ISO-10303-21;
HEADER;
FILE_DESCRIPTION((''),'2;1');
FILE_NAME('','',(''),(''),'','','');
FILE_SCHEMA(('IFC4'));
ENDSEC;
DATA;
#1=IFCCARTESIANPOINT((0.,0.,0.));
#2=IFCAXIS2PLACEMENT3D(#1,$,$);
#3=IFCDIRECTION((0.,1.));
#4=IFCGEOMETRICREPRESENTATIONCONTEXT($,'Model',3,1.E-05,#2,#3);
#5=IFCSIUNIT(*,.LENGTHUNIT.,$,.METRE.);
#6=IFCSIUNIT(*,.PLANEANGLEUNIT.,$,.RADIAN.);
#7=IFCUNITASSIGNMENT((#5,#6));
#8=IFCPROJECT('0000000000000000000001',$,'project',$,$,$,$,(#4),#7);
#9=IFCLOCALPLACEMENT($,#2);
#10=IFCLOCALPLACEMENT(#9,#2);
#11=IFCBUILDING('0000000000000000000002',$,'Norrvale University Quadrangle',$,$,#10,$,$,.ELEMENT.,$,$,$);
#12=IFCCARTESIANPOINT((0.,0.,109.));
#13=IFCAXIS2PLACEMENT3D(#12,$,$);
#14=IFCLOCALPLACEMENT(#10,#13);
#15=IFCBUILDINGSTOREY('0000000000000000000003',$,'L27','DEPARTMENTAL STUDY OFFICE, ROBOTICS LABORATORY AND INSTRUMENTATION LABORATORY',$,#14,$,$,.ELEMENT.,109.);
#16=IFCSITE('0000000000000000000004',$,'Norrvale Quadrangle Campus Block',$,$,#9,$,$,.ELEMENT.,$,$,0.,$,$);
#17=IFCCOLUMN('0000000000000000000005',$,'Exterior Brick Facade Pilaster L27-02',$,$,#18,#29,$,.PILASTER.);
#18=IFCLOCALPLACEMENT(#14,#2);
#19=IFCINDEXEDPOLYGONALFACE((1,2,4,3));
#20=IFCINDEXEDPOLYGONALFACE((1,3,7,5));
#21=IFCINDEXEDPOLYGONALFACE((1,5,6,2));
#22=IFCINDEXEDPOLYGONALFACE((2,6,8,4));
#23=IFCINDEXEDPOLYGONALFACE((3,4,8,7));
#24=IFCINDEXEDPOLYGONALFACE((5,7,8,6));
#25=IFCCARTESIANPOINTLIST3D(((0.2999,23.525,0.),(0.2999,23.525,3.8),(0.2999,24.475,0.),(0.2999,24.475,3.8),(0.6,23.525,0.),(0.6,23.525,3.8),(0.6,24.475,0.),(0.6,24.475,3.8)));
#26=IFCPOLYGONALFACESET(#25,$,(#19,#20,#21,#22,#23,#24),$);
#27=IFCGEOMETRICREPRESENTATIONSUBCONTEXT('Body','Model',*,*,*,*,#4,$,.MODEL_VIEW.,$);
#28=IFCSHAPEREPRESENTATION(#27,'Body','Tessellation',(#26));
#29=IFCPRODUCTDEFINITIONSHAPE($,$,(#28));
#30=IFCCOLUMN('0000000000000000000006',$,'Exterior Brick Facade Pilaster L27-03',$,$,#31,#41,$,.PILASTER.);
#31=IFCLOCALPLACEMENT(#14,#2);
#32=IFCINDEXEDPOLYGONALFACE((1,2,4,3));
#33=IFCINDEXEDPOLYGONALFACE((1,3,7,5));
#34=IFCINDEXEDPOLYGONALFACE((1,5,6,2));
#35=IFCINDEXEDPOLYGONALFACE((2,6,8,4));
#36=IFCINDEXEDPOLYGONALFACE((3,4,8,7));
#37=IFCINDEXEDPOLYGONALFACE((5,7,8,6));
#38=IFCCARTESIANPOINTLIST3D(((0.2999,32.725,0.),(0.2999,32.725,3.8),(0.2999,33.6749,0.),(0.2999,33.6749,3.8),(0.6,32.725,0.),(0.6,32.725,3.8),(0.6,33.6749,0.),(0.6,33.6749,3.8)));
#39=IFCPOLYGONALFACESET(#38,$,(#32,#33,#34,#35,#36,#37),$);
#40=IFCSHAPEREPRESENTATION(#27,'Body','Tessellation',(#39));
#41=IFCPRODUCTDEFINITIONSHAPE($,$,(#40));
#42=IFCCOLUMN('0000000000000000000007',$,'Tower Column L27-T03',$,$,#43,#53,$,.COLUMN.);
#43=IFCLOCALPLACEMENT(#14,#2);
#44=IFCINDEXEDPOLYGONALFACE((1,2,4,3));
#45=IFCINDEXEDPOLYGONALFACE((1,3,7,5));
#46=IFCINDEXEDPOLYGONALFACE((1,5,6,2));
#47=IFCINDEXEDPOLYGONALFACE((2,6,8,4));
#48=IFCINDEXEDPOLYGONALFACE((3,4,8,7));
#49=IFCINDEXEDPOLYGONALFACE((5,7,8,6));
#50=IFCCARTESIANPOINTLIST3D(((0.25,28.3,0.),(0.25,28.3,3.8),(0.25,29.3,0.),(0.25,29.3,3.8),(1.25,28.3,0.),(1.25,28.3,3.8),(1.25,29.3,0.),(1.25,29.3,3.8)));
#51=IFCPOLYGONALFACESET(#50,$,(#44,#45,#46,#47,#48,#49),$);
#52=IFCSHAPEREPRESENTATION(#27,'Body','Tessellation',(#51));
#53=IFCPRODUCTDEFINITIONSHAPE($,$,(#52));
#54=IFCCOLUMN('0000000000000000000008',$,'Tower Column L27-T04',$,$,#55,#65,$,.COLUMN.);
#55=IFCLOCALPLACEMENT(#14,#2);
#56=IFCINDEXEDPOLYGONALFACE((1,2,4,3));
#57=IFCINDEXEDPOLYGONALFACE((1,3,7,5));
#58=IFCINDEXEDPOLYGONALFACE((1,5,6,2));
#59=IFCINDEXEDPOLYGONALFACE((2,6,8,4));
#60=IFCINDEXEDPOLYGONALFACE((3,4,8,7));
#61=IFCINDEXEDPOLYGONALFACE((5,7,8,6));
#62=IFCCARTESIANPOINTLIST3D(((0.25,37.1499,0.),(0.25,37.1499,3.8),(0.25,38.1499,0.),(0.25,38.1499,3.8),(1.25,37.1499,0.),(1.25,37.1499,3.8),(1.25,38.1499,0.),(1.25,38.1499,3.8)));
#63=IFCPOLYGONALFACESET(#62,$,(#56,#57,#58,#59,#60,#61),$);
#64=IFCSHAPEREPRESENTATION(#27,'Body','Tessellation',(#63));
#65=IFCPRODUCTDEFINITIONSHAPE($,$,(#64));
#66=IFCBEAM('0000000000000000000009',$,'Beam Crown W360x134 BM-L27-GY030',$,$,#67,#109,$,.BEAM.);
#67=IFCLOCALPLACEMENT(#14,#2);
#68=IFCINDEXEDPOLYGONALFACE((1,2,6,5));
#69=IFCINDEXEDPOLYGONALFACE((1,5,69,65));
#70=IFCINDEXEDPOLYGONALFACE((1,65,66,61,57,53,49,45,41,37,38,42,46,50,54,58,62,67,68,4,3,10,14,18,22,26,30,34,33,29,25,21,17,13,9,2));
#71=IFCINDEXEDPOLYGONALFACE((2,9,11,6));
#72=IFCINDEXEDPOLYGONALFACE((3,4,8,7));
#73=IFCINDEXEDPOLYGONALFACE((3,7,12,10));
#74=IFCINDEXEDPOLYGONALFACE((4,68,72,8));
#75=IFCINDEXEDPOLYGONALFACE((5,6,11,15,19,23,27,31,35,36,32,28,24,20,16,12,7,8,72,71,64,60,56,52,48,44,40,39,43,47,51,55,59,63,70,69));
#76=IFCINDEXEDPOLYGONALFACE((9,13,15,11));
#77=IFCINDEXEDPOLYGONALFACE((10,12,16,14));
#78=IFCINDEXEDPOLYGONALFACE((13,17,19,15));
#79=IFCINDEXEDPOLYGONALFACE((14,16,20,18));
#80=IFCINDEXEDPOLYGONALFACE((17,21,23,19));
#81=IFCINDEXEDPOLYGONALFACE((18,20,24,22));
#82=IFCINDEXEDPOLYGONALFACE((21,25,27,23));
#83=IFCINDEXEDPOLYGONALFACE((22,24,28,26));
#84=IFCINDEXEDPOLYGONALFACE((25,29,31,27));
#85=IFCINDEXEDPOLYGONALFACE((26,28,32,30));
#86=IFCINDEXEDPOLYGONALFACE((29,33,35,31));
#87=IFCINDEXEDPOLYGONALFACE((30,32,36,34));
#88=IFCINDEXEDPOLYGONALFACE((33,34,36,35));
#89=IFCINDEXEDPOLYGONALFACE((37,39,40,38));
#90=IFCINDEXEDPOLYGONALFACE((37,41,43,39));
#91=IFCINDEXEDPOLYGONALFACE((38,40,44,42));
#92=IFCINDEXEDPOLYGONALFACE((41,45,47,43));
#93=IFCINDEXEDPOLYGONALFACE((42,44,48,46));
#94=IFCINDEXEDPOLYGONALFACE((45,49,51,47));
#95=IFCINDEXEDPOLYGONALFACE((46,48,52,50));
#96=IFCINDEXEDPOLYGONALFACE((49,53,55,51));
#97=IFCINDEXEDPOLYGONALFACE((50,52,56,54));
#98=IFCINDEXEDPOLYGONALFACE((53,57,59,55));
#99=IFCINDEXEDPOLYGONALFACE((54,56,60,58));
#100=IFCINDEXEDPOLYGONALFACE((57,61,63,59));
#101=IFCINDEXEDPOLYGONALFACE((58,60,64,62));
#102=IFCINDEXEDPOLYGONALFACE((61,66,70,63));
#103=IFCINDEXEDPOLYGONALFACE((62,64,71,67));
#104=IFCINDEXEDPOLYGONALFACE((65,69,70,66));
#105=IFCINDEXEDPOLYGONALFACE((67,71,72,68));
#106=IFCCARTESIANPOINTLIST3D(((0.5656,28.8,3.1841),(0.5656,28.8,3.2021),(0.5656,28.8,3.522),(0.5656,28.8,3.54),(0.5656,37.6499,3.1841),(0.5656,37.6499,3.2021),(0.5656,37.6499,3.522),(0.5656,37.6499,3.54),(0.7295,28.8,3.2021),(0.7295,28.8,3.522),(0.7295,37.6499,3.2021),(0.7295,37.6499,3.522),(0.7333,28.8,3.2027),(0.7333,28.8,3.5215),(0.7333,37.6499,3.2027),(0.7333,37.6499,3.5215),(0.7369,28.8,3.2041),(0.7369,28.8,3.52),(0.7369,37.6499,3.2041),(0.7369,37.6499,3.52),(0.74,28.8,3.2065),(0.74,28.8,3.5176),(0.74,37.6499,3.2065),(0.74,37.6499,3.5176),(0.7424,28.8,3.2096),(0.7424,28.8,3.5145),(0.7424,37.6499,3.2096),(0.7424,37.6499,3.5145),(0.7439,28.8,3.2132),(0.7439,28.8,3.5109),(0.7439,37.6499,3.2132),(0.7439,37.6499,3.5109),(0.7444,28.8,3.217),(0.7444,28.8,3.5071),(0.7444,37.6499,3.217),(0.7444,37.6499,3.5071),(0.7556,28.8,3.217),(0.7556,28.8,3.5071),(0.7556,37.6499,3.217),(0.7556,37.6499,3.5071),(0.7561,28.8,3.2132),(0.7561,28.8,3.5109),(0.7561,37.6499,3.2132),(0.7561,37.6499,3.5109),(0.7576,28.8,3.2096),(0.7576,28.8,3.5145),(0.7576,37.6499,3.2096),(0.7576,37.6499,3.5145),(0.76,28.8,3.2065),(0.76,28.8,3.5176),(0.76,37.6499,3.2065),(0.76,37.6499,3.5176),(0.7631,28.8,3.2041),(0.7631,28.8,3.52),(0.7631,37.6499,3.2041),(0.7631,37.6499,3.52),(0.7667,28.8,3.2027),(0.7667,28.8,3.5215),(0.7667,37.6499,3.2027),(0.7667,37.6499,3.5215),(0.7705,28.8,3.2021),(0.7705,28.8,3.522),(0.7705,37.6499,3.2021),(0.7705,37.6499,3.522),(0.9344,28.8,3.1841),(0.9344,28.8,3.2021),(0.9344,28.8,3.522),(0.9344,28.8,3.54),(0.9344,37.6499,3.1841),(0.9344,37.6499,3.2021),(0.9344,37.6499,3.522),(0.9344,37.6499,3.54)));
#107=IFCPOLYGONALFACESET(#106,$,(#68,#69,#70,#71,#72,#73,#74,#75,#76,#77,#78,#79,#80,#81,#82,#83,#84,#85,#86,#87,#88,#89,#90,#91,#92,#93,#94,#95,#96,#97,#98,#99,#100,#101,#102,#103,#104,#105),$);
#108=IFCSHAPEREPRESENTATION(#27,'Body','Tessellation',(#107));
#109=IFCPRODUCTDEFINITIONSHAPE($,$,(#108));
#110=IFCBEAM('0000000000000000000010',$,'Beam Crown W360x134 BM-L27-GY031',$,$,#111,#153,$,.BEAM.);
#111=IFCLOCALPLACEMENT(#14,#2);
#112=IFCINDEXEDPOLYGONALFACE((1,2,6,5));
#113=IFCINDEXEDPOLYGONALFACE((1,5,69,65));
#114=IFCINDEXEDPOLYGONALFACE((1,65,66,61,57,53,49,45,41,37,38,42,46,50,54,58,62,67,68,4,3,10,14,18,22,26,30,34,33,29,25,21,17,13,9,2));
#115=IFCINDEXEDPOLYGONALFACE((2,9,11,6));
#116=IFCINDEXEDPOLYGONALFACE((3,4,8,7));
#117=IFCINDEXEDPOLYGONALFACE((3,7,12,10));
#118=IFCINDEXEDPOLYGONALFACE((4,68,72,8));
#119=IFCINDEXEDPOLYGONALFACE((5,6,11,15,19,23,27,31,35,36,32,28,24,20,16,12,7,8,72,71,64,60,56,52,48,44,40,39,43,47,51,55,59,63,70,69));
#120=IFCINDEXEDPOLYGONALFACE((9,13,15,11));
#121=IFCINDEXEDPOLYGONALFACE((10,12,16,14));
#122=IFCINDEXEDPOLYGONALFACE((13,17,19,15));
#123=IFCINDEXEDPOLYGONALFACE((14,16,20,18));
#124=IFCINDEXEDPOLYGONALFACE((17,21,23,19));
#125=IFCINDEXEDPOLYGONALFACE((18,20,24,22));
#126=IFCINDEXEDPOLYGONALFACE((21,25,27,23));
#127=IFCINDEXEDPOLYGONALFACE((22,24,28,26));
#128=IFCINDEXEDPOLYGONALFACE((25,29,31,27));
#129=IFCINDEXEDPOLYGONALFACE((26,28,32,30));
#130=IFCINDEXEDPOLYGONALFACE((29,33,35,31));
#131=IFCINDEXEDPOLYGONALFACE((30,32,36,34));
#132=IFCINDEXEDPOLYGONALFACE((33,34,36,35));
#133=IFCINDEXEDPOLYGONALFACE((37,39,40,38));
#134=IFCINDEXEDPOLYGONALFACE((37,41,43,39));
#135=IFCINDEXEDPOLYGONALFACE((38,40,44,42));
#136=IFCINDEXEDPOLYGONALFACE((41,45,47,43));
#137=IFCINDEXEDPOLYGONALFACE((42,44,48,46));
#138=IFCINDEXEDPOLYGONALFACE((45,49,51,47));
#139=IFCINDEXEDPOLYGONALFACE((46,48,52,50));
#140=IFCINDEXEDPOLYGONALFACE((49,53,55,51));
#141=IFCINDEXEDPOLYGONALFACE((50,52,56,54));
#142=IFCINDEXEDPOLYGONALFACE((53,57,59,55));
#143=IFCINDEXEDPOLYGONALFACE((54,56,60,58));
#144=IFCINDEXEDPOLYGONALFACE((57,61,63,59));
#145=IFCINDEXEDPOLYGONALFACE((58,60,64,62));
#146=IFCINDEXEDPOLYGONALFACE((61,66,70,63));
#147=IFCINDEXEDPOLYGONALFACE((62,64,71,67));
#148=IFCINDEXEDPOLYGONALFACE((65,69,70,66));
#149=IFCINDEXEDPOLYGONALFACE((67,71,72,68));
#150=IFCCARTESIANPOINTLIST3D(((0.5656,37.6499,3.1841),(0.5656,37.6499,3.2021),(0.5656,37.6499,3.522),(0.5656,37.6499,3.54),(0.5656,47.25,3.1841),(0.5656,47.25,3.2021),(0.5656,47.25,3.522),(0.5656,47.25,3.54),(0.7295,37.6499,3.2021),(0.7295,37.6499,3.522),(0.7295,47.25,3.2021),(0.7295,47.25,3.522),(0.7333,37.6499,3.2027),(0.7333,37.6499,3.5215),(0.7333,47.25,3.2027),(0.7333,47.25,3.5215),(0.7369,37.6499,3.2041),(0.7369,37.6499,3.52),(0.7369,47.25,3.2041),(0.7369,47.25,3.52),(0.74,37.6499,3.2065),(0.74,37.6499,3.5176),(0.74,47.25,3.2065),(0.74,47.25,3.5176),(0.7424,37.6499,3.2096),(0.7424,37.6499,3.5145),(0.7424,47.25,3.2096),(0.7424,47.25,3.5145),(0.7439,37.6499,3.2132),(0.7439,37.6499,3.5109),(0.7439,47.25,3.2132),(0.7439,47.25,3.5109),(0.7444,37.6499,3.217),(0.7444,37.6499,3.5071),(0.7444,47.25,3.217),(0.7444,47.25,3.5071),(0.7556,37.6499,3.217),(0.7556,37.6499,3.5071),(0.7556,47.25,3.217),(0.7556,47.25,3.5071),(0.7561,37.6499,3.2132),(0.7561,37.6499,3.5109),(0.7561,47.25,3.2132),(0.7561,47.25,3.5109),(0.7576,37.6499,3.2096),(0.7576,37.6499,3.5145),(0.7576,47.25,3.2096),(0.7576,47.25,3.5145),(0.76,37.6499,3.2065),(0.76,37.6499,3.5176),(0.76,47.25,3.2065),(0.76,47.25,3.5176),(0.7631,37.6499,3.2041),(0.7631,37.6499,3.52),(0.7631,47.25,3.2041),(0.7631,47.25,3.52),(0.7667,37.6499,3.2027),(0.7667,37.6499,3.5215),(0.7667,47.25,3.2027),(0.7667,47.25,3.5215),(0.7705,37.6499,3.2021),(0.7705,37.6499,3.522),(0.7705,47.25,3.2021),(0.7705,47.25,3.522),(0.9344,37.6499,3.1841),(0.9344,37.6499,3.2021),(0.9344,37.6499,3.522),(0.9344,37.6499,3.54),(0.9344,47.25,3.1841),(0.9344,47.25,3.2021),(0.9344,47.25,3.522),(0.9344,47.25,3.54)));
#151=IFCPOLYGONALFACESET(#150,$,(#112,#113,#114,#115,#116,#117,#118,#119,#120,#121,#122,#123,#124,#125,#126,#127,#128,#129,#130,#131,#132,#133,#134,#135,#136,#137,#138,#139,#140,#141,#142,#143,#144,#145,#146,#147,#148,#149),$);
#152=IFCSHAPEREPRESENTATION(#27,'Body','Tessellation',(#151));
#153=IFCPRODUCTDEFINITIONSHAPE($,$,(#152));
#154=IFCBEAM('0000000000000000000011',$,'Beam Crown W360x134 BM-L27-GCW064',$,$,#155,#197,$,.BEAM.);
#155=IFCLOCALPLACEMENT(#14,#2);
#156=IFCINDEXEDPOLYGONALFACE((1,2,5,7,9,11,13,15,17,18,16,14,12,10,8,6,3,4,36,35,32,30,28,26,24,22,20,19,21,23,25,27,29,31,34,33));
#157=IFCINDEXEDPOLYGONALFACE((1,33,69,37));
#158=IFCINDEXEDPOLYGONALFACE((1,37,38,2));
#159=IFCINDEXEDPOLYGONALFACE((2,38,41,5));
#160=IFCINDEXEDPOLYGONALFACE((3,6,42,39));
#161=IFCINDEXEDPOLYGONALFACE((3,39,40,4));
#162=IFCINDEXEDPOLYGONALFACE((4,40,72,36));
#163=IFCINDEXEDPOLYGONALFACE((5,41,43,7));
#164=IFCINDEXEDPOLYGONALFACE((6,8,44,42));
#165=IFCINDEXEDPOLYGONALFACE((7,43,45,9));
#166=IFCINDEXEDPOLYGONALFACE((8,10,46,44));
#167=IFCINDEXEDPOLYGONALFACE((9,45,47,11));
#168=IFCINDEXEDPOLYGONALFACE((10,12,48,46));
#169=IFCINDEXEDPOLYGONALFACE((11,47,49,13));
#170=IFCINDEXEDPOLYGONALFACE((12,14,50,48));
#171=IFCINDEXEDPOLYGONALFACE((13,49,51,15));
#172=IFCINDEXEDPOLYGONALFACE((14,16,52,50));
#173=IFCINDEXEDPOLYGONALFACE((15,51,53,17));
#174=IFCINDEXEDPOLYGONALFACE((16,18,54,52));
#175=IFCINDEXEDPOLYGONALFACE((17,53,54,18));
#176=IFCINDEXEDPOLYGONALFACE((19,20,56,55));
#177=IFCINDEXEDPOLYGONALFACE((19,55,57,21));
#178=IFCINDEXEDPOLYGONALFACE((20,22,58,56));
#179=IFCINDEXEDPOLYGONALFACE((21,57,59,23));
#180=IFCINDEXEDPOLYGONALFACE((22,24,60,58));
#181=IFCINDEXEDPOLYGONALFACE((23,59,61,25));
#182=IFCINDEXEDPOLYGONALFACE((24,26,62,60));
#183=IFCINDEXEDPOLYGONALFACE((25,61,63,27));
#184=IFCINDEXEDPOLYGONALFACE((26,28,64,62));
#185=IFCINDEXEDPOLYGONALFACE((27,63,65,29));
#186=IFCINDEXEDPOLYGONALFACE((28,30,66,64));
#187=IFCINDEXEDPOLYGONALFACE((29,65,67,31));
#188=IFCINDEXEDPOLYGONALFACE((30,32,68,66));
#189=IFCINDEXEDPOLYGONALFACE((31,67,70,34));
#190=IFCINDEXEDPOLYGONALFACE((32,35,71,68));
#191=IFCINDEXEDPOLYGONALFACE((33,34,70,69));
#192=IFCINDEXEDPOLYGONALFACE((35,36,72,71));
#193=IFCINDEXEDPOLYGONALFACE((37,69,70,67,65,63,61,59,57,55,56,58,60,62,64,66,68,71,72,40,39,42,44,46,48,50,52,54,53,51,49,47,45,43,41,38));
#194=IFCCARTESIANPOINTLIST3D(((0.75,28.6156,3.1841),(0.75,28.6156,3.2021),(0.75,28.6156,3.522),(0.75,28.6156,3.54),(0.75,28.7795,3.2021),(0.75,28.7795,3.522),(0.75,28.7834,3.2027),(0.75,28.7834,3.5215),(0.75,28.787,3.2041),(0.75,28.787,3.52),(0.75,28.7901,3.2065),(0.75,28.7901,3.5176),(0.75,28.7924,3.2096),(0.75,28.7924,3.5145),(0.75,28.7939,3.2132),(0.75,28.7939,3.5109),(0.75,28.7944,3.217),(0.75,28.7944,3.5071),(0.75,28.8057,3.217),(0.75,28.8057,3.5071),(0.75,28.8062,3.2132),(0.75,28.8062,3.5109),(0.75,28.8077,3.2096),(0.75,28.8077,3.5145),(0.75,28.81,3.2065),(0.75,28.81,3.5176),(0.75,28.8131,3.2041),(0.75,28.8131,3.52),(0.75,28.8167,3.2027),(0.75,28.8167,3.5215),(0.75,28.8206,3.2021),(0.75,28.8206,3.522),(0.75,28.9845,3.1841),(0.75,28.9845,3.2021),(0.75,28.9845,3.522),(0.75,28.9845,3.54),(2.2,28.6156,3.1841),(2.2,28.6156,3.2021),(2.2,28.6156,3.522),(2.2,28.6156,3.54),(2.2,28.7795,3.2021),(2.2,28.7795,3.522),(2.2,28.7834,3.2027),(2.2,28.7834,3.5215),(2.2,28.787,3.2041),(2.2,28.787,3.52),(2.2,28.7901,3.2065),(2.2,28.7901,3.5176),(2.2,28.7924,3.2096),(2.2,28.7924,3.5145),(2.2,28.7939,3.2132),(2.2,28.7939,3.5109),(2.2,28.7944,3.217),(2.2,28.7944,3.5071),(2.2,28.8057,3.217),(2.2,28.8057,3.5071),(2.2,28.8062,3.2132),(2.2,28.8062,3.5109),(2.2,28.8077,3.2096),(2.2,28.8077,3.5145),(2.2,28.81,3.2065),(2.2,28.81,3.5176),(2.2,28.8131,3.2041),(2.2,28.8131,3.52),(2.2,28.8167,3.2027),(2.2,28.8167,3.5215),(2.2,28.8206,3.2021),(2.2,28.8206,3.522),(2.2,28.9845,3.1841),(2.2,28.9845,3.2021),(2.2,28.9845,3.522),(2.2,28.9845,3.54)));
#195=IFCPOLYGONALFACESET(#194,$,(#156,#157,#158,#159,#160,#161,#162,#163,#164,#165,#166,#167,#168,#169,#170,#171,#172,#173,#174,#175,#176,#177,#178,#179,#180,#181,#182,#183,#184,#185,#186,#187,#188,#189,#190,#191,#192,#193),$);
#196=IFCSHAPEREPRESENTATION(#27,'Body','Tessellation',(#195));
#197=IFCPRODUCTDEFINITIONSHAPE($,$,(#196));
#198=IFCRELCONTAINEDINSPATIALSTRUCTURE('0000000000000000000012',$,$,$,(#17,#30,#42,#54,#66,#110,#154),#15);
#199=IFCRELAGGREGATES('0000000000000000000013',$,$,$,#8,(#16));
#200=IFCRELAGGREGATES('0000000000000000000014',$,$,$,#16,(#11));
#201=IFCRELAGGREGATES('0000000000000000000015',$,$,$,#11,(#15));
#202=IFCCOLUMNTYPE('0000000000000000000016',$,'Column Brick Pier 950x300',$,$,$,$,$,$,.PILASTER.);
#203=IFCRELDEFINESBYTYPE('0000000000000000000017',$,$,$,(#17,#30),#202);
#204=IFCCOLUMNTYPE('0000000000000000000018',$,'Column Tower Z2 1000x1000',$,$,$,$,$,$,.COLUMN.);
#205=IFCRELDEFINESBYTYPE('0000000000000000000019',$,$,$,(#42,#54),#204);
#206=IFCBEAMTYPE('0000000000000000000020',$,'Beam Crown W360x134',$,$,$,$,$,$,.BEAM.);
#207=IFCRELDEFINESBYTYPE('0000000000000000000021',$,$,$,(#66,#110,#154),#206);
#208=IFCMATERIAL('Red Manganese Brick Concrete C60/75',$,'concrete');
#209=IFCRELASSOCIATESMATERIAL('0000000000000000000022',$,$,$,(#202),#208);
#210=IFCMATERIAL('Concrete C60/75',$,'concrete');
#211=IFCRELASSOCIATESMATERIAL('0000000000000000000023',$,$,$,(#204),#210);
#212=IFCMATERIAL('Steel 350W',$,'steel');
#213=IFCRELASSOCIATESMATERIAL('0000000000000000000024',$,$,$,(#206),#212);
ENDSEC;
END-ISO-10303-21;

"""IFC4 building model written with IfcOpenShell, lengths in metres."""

from ifc_helpers import new_model, si_unit, direction, frame, origin, origin_2d, place, context, subcontext, project, spatial, rectangle, i_section, extrude, material, material_profile, profile_set, type_object, element, save


model = new_model("IFC4")

# Units and contexts
model_context = context("Model", 3, precision=1e-05, world=origin(), true_north=direction((0.0, 1.0)))
body_context = subcontext(model_context, "Body", "Model", "MODEL_VIEW")
ifc_project = project(units=[si_unit("LENGTHUNIT", "METRE"), si_unit("PLANEANGLEUNIT", "RADIAN")], contexts=[model_context])

# Site, building, storey
site_placement = place(None, origin())
site = spatial("IfcSite", under=ifc_project, at=site_placement, Name="Norrvale Quadrangle Campus Block", CompositionType="ELEMENT", RefElevation=0.0)
building_placement = place(site_placement, origin())
building = spatial("IfcBuilding", under=site, at=building_placement, Name="Norrvale University Quadrangle", CompositionType="ELEMENT")
storey_placement = place(building_placement, frame((0.0, 0.0, 109.0)))
storey = spatial("IfcBuildingStorey", under=building, at=storey_placement, Name="L27", Description="DEPARTMENTAL STUDY OFFICE, ROBOTICS LABORATORY AND INSTRUMENTATION LABORATORY", CompositionType="ELEMENT", Elevation=109.0)

# Columns
ifc_material_1 = material(Name="Red Manganese Brick Concrete C60/75", Category="concrete")
ifc_material_profile_1 = material_profile(ifc_material_1, rectangle(XDim=0.95, YDim=0.3, at=origin_2d()), Name="Red Manganese Brick Concrete C60/75")
ifc_profile_set_1 = profile_set([ifc_material_profile_1], Name="Red Manganese Brick Concrete C60/75")
column_type_1 = type_object("IfcColumnType", Name="Column Brick Pier 950x300", PredefinedType="PILASTER", material=ifc_profile_set_1)
for number, where, z_axis, x_axis, name in (
    (1, (0.45, 24.0, 0.0), (0.0, 0.0, 1.0), (0.0, 1.0, 0.0), "Exterior Brick Facade Pilaster L27-02"),
    (2, (0.45, 33.2, 0.0), (0.0, 0.0, 1.0), (0.0, 1.0, 0.0), "Exterior Brick Facade Pilaster L27-03"),
):
    element("IfcColumn", number, at=place(storey_placement, frame(where, z_axis=z_axis, x_axis=x_axis)), inside=storey, type_object=column_type_1, Name=name, PredefinedType="PILASTER", context=body_context, shape_type="SweptSolid", body=[
        extrude(rectangle(XDim=0.95, YDim=0.3, at=origin_2d()), origin(), (0.0, 0.0, 1.0), 3.8),
    ])
ifc_material_2 = material(Name="Concrete C60/75", Category="concrete")
ifc_material_profile_2 = material_profile(ifc_material_2, rectangle(XDim=1.0, YDim=1.0, at=origin_2d()), Name="Concrete C60/75")
ifc_profile_set_2 = profile_set([ifc_material_profile_2], Name="Concrete C60/75")
column_type_2 = type_object("IfcColumnType", Name="Column Tower Z2 1000x1000", PredefinedType="COLUMN", material=ifc_profile_set_2)
for number, where, z_axis, x_axis, name in (
    (3, (0.75, 28.8, 0.0), (0.0, 0.0, 1.0), (1.0, 0.0, 0.0), "Tower Column L27-T03"),
    (4, (0.75, 37.6499, 0.0), (0.0, 0.0, 1.0), (1.0, 0.0, 0.0), "Tower Column L27-T04"),
):
    element("IfcColumn", number, at=place(storey_placement, frame(where, z_axis=z_axis, x_axis=x_axis)), inside=storey, type_object=column_type_2, Name=name, PredefinedType="COLUMN", context=body_context, shape_type="SweptSolid", body=[
        extrude(rectangle(XDim=1.0, YDim=1.0, at=origin_2d()), origin(), (0.0, 0.0, 1.0), 3.8),
    ])

# Beams
ifc_material_3 = material(Name="Steel 350W", Category="steel")
ifc_material_profile_3 = material_profile(ifc_material_3, i_section(OverallWidth=0.3689, OverallDepth=0.356, WebThickness=0.0112, FlangeThickness=0.0181, FilletRadius=0.0149, at=origin_2d()), Name="Steel 350W")
ifc_profile_set_3 = profile_set([ifc_material_profile_3], Name="Steel 350W")
beam_type = type_object("IfcBeamType", Name="Beam Crown W360x134", PredefinedType="BEAM", material=ifc_profile_set_3)
beam_1_placement = place(storey_placement, frame((0.75, 28.8, 3.3621), z_axis=(0.0, 1.0, 0.0), x_axis=(-1.0, 0.0, 0.0)))
element("IfcBeam", 5, at=beam_1_placement, inside=storey, type_object=beam_type, Name="Beam Crown W360x134 BM-L27-GY030", PredefinedType="BEAM", context=body_context, shape_type="SweptSolid", body=[
    extrude(i_section(OverallWidth=0.3689, OverallDepth=0.356, WebThickness=0.0112, FlangeThickness=0.0181, FilletRadius=0.0149, at=origin_2d()), origin(), (0.0, 0.0, 1.0), 8.8499),
])
beam_2_placement = place(storey_placement, frame((0.75, 37.6499, 3.3621), z_axis=(0.0, 1.0, 0.0), x_axis=(-1.0, 0.0, 0.0)))
element("IfcBeam", 6, at=beam_2_placement, inside=storey, type_object=beam_type, Name="Beam Crown W360x134 BM-L27-GY031", PredefinedType="BEAM", context=body_context, shape_type="SweptSolid", body=[
    extrude(i_section(OverallWidth=0.3689, OverallDepth=0.356, WebThickness=0.0112, FlangeThickness=0.0181, FilletRadius=0.0149, at=origin_2d()), origin(), (0.0, 0.0, 1.0), 9.6001),
])
for number, where, z_axis, x_axis, name in (
    (7, (0.75, 28.8, 3.3621), (1.0, 0.0, 0.0), (0.0, 1.0, 0.0), "Beam Crown W360x134 BM-L27-GCW064"),
):
    element("IfcBeam", number, at=place(storey_placement, frame(where, z_axis=z_axis, x_axis=x_axis)), inside=storey, type_object=beam_type, Name=name, PredefinedType="BEAM", context=body_context, shape_type="SweptSolid", body=[
        extrude(i_section(OverallWidth=0.3689, OverallDepth=0.356, WebThickness=0.0112, FlangeThickness=0.0181, FilletRadius=0.0149, at=origin_2d()), origin(), (0.0, 0.0, 1.0), 1.45),
    ])

save(model, "model.ifc")
